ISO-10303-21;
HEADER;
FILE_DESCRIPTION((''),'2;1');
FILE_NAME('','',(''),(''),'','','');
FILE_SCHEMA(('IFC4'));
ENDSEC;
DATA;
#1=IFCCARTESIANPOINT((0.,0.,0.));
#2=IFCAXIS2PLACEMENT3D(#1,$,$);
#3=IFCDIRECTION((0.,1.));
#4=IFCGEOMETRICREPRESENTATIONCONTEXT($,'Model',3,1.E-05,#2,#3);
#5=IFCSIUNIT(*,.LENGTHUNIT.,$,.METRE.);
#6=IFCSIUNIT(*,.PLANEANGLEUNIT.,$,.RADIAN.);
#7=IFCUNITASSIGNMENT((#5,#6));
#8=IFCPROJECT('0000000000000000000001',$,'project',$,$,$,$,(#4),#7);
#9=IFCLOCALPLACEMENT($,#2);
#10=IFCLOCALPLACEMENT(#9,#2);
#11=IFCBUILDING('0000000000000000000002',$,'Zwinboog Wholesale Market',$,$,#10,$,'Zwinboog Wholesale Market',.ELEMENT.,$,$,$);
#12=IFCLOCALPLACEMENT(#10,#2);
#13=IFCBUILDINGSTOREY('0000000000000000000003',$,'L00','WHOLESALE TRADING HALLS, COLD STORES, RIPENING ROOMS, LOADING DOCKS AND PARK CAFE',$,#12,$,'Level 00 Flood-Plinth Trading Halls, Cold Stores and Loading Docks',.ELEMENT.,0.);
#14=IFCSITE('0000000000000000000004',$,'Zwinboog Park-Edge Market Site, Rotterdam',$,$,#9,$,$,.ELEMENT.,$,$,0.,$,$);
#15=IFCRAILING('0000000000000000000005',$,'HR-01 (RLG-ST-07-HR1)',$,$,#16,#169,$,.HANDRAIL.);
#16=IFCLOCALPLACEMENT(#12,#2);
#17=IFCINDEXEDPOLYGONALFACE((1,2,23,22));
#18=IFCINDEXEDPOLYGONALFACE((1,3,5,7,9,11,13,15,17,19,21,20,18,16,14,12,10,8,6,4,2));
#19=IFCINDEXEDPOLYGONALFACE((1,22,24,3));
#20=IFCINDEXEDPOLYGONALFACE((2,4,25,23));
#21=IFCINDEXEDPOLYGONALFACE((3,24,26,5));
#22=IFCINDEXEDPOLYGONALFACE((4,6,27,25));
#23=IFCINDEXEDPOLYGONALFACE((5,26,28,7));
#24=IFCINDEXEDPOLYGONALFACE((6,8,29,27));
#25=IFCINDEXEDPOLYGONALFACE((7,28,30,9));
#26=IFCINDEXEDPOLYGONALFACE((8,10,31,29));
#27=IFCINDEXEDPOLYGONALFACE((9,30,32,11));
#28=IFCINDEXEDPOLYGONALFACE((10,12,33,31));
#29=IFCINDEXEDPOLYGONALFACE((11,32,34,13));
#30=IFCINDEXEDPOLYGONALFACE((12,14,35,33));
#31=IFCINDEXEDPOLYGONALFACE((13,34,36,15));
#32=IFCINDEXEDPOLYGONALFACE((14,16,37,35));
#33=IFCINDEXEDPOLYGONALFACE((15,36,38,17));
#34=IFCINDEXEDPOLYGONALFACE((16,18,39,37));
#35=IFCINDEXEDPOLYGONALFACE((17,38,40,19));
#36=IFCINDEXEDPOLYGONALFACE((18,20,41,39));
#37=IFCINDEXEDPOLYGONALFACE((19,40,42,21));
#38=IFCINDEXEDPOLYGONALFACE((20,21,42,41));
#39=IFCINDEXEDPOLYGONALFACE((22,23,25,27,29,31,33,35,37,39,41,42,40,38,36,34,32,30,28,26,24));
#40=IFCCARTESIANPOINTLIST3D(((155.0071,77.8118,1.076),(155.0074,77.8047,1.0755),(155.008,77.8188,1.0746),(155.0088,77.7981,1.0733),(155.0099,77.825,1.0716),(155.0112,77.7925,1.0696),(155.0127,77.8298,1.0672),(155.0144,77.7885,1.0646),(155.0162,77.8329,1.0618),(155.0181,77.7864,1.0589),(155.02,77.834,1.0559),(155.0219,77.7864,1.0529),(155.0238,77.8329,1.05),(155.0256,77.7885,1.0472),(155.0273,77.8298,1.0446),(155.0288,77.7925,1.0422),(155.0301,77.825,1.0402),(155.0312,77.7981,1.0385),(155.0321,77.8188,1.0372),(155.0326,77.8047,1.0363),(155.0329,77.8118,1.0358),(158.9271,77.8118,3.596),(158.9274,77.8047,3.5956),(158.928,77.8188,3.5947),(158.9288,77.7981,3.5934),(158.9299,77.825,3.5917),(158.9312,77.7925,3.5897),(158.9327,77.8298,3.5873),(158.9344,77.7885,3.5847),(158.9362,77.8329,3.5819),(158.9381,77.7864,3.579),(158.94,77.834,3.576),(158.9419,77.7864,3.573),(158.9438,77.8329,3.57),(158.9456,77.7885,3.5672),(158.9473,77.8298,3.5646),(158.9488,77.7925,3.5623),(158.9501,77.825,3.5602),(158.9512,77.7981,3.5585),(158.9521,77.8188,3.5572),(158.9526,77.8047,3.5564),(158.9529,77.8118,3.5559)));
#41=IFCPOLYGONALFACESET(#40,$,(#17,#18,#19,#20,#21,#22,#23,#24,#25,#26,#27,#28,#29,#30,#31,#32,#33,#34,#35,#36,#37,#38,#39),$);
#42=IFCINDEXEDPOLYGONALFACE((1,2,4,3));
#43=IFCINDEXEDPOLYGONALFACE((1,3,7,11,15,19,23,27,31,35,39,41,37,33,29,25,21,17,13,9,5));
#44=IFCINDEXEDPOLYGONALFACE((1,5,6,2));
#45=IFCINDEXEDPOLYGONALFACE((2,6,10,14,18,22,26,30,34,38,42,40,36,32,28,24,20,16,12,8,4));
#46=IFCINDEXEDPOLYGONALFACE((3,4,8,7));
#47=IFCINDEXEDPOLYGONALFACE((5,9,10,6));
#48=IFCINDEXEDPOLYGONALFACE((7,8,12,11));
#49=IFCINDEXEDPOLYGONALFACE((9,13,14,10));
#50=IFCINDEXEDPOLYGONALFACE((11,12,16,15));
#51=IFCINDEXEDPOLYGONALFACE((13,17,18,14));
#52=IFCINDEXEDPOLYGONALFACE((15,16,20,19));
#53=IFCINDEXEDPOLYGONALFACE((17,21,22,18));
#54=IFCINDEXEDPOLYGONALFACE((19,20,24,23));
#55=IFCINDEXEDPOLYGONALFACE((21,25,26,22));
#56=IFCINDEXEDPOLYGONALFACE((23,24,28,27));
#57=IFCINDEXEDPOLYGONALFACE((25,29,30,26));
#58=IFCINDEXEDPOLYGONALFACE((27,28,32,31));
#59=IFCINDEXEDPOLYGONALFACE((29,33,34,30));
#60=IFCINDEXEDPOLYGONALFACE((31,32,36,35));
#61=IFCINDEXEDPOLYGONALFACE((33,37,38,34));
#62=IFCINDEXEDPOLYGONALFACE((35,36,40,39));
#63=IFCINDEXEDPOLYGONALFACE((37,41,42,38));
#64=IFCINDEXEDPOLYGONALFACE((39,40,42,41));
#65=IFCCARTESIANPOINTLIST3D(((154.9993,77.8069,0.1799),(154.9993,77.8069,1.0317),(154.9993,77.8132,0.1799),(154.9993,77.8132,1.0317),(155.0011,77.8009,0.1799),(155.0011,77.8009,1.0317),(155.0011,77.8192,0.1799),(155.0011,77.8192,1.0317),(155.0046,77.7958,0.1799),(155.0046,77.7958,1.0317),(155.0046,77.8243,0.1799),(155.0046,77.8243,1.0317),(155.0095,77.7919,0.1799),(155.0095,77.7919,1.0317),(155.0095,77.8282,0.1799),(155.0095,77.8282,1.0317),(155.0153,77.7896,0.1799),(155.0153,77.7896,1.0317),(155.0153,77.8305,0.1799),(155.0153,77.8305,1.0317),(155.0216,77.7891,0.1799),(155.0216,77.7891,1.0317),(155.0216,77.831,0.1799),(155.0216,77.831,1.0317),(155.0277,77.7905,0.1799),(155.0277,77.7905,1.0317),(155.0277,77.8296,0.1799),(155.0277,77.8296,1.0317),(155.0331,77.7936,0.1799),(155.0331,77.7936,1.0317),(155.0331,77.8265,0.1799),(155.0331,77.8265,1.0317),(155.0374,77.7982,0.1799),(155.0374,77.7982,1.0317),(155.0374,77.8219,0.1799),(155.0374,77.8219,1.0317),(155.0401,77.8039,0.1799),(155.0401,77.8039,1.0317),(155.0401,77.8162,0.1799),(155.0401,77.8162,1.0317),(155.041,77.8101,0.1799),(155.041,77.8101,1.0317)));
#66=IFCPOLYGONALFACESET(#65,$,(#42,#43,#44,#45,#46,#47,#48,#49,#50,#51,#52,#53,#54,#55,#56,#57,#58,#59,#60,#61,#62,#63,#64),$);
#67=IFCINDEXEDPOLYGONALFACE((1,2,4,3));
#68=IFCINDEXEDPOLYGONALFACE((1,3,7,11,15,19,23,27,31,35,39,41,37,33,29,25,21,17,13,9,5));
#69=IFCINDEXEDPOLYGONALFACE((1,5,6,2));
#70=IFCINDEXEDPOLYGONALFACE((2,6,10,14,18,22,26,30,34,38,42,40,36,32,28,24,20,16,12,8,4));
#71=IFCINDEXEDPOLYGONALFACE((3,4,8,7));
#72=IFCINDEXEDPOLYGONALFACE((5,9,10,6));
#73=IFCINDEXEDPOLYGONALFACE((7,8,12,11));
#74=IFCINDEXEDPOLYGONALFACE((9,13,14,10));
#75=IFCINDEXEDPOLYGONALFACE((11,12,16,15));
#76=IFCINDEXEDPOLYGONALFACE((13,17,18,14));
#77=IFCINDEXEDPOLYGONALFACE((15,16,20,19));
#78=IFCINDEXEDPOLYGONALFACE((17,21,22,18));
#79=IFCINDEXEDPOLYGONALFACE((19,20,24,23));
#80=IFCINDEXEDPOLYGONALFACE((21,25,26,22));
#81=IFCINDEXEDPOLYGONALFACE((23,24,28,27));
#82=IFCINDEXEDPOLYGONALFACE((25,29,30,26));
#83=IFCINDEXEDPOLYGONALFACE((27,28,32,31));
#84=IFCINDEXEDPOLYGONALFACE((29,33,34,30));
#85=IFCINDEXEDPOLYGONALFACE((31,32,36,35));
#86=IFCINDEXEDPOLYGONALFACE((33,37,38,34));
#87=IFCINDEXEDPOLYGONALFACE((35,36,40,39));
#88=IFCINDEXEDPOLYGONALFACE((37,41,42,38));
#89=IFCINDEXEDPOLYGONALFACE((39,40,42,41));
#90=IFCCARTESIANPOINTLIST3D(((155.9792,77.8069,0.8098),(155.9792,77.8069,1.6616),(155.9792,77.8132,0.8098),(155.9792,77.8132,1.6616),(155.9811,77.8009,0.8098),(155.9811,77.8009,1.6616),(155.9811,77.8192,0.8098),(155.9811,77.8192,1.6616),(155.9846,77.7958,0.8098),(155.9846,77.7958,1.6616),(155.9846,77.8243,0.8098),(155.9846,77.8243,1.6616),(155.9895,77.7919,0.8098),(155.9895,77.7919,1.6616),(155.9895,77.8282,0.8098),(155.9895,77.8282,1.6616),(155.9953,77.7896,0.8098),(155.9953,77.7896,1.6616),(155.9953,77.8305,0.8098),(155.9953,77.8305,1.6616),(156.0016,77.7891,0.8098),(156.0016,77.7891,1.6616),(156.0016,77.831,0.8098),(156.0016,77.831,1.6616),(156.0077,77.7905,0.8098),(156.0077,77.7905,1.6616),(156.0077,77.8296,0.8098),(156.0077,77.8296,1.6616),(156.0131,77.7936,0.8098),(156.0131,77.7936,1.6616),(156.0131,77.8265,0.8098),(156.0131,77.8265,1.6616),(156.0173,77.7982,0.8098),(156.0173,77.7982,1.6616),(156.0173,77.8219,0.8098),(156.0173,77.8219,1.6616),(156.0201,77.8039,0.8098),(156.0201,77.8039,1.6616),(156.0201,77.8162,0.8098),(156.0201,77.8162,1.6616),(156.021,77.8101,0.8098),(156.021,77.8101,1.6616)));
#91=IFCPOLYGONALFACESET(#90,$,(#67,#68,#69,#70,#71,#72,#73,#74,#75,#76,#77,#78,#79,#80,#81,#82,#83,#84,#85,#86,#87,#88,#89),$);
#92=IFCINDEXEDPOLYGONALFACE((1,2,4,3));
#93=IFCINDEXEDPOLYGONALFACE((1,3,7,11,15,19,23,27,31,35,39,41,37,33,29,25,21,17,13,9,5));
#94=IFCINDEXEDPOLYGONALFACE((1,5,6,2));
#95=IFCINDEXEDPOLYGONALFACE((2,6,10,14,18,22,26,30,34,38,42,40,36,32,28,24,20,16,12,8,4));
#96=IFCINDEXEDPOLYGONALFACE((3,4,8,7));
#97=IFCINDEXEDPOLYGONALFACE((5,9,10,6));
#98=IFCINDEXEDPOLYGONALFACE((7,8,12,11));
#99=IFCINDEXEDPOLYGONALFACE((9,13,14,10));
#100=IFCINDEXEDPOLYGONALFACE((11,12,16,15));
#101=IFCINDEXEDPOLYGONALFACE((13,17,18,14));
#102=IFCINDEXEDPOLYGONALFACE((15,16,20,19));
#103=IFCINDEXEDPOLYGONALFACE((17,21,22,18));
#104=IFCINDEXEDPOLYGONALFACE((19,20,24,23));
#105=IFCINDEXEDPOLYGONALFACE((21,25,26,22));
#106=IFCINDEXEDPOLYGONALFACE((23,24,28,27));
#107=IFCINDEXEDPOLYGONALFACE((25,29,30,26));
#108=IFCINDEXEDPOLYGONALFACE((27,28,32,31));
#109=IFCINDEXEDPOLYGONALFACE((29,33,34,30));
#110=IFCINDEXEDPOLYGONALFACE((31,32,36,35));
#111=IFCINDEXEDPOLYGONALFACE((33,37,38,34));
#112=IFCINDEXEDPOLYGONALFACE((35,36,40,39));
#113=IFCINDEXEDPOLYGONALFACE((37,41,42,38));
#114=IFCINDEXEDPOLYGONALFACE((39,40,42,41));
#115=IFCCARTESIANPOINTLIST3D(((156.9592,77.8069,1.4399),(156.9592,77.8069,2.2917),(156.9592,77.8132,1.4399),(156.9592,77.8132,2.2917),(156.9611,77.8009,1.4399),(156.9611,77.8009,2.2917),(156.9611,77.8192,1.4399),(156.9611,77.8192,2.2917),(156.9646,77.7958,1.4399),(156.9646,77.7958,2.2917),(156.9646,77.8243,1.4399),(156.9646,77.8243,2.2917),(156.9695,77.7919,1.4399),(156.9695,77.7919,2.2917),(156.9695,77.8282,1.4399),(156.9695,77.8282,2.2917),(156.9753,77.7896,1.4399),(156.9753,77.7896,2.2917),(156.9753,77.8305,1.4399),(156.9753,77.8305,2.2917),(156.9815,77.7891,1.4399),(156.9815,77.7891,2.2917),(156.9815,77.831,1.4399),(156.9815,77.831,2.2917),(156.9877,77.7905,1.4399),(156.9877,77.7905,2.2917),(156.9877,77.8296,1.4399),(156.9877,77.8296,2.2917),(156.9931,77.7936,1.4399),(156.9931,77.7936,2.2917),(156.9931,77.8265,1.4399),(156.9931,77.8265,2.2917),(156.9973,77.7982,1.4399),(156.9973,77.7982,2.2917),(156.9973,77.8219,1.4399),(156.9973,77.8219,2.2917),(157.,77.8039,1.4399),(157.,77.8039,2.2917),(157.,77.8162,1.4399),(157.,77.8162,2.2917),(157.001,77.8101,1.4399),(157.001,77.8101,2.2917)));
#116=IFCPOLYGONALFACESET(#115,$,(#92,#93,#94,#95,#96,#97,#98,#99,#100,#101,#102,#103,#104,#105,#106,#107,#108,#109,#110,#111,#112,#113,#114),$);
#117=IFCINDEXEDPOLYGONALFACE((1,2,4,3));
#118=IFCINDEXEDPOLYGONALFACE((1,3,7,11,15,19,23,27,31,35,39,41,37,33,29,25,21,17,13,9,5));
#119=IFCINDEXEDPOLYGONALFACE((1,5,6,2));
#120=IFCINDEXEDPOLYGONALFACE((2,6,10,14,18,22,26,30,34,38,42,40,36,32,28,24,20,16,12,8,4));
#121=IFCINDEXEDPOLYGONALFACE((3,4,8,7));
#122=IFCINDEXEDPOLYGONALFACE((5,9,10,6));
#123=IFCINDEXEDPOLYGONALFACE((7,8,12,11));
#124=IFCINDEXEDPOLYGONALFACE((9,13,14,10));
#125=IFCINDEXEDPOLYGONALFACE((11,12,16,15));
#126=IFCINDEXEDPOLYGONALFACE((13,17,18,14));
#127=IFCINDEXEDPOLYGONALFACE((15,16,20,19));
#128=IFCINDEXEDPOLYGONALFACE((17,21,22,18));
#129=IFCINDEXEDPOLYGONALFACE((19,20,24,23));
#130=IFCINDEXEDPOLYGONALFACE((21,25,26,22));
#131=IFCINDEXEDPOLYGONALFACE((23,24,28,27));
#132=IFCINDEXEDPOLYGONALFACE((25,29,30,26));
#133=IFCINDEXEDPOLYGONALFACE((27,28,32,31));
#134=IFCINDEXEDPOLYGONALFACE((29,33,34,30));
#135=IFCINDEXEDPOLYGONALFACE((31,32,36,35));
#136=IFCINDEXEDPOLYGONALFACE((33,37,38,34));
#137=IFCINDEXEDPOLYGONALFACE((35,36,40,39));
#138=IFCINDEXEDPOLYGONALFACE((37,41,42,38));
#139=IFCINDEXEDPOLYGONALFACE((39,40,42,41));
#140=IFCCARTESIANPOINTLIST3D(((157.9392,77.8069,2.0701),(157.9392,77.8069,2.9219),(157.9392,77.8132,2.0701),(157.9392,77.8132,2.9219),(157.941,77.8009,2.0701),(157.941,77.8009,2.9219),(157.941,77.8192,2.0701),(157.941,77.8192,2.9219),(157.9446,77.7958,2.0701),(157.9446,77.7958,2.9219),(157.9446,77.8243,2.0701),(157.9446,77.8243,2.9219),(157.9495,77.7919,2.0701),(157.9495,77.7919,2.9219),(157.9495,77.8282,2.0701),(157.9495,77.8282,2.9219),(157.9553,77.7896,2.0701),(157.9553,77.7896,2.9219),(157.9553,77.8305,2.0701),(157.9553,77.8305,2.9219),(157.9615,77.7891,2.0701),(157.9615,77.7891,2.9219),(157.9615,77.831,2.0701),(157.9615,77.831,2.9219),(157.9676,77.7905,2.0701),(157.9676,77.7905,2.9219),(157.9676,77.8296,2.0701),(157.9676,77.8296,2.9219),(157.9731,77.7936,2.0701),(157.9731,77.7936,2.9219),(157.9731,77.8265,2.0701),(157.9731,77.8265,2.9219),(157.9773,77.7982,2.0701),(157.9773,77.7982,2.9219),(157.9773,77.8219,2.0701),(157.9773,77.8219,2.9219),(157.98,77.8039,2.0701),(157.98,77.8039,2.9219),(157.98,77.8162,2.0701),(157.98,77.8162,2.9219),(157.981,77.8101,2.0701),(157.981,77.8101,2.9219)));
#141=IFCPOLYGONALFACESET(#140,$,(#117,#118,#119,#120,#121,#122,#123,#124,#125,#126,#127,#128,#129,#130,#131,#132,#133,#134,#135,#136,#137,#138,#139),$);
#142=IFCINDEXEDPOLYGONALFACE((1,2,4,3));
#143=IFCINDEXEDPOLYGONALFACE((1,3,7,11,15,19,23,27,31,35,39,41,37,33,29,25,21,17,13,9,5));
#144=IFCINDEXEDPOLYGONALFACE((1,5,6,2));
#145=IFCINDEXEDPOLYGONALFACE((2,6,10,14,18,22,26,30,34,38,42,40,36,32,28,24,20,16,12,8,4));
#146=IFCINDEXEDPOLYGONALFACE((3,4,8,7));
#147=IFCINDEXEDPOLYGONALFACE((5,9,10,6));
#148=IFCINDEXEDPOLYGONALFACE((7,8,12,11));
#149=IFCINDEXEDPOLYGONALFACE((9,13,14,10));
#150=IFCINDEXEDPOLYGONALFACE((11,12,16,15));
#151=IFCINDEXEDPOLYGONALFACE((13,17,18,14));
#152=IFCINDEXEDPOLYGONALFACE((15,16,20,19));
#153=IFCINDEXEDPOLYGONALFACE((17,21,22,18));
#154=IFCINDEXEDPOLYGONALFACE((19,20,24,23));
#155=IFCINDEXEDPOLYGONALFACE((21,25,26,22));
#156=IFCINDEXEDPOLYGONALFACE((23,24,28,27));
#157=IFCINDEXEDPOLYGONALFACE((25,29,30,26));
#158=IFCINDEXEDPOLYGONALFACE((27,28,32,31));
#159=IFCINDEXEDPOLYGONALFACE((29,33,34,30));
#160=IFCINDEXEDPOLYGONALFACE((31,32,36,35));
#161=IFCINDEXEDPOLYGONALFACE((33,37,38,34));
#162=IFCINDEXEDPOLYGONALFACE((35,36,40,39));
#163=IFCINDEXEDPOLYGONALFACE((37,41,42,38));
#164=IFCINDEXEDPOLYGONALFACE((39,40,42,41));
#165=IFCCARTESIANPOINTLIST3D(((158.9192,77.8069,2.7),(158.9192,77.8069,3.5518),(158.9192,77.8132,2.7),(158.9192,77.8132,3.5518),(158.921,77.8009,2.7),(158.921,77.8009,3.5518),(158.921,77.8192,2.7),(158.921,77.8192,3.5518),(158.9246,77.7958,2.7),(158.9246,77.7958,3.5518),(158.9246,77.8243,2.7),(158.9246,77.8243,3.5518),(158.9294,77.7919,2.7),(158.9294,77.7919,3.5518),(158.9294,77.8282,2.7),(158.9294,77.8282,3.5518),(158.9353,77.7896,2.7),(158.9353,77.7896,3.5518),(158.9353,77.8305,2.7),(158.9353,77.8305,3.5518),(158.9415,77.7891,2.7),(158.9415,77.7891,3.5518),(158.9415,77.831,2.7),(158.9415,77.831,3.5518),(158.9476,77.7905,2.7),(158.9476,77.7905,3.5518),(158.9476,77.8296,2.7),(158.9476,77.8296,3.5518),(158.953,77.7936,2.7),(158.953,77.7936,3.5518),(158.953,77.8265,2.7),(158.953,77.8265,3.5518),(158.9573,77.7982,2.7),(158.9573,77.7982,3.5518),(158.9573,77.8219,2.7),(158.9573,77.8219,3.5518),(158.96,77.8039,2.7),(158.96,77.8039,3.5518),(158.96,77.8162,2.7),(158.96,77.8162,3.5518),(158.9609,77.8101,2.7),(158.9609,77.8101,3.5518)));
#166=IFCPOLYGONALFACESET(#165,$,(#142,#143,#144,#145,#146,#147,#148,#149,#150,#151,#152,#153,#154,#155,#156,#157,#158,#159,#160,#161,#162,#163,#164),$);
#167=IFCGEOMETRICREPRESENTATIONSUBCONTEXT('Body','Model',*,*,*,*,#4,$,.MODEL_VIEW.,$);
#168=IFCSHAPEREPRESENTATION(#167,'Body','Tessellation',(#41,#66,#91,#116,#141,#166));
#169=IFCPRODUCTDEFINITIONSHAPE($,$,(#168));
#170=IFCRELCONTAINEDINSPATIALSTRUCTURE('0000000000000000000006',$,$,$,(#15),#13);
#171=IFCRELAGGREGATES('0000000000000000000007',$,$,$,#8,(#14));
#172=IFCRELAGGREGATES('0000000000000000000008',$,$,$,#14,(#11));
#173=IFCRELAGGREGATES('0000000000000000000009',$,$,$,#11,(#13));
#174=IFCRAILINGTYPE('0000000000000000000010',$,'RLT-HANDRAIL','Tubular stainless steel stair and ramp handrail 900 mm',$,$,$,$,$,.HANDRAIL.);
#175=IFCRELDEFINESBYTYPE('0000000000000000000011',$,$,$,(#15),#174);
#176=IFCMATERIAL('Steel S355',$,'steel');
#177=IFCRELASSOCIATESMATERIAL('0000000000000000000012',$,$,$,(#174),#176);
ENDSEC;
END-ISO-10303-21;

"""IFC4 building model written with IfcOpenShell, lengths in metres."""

from ifc_helpers import new_model, si_unit, direction, frame, origin, origin_2d, place, context, subcontext, project, spatial, circle, extrude, material, type_object, element, save


model = new_model("IFC4")

# Units and contexts
model_context = context("Model", 3, precision=1e-05, world=origin(), true_north=direction((0.0, 1.0)))
body_context = subcontext(model_context, "Body", "Model", "MODEL_VIEW")
ifc_project = project(units=[si_unit("LENGTHUNIT", "METRE"), si_unit("PLANEANGLEUNIT", "RADIAN")], contexts=[model_context])

# Site, building, storey
site_placement = place(None, origin())
site = spatial("IfcSite", under=ifc_project, at=site_placement, Name="Zwinboog Park-Edge Market Site, Rotterdam", CompositionType="ELEMENT", RefElevation=0.0)
building_placement = place(site_placement, origin())
building = spatial("IfcBuilding", under=site, at=building_placement, Name="Zwinboog Wholesale Market", LongName="Zwinboog Wholesale Market", CompositionType="ELEMENT")
storey_placement = place(building_placement, origin())
storey = spatial("IfcBuildingStorey", under=building, at=storey_placement, Name="L00", Description="WHOLESALE TRADING HALLS, COLD STORES, RIPENING ROOMS, LOADING DOCKS AND PARK CAFE", LongName="Level 00 Flood-Plinth Trading Halls, Cold Stores and Loading Docks", CompositionType="ELEMENT", Elevation=0.0)

# Railing
ifc_material_1 = material(Name="Steel S355", Category="steel")
railing_type_1 = type_object("IfcRailingType", Name="RLT-HANDRAIL", Description="Tubular stainless steel stair and ramp handrail 900 mm", PredefinedType="HANDRAIL", material=ifc_material_1)
railing_1_placement = place(storey_placement, frame((155.02, 77.8101, 0.1799)))
element("IfcRailing", 1, at=railing_1_placement, inside=storey, type_object=railing_type_1, Name="HR-01 (RLG-ST-07-HR1)", PredefinedType="HANDRAIL", context=body_context, shape_type="SweptSolid", body=[
    extrude(circle(Radius=0.0239, at=origin_2d()), frame((0.0, 0.0, 0.876), z_axis=(0.841172, 0.0, 0.540768), x_axis=(0.0, 1.0, 0.0)), (0.0, 0.0, 1.0), 4.6602),
    extrude(circle(Radius=0.021, at=origin_2d()), origin(), (0.0, 0.0, 1.0), 0.8518),
    extrude(circle(Radius=0.021, at=origin_2d()), frame((0.98, 0.0, 0.6299)), (0.0, 0.0, 1.0), 0.8518),
    extrude(circle(Radius=0.021, at=origin_2d()), frame((1.96, 0.0, 1.26)), (0.0, 0.0, 1.0), 0.8518),
    extrude(circle(Radius=0.021, at=origin_2d()), frame((2.9399, 0.0, 1.8901)), (0.0, 0.0, 1.0), 0.8518),
    extrude(circle(Radius=0.021, at=origin_2d()), frame((3.9199, 0.0, 2.52)), (0.0, 0.0, 1.0), 0.8518),
])

save(model, "model.ifc")
